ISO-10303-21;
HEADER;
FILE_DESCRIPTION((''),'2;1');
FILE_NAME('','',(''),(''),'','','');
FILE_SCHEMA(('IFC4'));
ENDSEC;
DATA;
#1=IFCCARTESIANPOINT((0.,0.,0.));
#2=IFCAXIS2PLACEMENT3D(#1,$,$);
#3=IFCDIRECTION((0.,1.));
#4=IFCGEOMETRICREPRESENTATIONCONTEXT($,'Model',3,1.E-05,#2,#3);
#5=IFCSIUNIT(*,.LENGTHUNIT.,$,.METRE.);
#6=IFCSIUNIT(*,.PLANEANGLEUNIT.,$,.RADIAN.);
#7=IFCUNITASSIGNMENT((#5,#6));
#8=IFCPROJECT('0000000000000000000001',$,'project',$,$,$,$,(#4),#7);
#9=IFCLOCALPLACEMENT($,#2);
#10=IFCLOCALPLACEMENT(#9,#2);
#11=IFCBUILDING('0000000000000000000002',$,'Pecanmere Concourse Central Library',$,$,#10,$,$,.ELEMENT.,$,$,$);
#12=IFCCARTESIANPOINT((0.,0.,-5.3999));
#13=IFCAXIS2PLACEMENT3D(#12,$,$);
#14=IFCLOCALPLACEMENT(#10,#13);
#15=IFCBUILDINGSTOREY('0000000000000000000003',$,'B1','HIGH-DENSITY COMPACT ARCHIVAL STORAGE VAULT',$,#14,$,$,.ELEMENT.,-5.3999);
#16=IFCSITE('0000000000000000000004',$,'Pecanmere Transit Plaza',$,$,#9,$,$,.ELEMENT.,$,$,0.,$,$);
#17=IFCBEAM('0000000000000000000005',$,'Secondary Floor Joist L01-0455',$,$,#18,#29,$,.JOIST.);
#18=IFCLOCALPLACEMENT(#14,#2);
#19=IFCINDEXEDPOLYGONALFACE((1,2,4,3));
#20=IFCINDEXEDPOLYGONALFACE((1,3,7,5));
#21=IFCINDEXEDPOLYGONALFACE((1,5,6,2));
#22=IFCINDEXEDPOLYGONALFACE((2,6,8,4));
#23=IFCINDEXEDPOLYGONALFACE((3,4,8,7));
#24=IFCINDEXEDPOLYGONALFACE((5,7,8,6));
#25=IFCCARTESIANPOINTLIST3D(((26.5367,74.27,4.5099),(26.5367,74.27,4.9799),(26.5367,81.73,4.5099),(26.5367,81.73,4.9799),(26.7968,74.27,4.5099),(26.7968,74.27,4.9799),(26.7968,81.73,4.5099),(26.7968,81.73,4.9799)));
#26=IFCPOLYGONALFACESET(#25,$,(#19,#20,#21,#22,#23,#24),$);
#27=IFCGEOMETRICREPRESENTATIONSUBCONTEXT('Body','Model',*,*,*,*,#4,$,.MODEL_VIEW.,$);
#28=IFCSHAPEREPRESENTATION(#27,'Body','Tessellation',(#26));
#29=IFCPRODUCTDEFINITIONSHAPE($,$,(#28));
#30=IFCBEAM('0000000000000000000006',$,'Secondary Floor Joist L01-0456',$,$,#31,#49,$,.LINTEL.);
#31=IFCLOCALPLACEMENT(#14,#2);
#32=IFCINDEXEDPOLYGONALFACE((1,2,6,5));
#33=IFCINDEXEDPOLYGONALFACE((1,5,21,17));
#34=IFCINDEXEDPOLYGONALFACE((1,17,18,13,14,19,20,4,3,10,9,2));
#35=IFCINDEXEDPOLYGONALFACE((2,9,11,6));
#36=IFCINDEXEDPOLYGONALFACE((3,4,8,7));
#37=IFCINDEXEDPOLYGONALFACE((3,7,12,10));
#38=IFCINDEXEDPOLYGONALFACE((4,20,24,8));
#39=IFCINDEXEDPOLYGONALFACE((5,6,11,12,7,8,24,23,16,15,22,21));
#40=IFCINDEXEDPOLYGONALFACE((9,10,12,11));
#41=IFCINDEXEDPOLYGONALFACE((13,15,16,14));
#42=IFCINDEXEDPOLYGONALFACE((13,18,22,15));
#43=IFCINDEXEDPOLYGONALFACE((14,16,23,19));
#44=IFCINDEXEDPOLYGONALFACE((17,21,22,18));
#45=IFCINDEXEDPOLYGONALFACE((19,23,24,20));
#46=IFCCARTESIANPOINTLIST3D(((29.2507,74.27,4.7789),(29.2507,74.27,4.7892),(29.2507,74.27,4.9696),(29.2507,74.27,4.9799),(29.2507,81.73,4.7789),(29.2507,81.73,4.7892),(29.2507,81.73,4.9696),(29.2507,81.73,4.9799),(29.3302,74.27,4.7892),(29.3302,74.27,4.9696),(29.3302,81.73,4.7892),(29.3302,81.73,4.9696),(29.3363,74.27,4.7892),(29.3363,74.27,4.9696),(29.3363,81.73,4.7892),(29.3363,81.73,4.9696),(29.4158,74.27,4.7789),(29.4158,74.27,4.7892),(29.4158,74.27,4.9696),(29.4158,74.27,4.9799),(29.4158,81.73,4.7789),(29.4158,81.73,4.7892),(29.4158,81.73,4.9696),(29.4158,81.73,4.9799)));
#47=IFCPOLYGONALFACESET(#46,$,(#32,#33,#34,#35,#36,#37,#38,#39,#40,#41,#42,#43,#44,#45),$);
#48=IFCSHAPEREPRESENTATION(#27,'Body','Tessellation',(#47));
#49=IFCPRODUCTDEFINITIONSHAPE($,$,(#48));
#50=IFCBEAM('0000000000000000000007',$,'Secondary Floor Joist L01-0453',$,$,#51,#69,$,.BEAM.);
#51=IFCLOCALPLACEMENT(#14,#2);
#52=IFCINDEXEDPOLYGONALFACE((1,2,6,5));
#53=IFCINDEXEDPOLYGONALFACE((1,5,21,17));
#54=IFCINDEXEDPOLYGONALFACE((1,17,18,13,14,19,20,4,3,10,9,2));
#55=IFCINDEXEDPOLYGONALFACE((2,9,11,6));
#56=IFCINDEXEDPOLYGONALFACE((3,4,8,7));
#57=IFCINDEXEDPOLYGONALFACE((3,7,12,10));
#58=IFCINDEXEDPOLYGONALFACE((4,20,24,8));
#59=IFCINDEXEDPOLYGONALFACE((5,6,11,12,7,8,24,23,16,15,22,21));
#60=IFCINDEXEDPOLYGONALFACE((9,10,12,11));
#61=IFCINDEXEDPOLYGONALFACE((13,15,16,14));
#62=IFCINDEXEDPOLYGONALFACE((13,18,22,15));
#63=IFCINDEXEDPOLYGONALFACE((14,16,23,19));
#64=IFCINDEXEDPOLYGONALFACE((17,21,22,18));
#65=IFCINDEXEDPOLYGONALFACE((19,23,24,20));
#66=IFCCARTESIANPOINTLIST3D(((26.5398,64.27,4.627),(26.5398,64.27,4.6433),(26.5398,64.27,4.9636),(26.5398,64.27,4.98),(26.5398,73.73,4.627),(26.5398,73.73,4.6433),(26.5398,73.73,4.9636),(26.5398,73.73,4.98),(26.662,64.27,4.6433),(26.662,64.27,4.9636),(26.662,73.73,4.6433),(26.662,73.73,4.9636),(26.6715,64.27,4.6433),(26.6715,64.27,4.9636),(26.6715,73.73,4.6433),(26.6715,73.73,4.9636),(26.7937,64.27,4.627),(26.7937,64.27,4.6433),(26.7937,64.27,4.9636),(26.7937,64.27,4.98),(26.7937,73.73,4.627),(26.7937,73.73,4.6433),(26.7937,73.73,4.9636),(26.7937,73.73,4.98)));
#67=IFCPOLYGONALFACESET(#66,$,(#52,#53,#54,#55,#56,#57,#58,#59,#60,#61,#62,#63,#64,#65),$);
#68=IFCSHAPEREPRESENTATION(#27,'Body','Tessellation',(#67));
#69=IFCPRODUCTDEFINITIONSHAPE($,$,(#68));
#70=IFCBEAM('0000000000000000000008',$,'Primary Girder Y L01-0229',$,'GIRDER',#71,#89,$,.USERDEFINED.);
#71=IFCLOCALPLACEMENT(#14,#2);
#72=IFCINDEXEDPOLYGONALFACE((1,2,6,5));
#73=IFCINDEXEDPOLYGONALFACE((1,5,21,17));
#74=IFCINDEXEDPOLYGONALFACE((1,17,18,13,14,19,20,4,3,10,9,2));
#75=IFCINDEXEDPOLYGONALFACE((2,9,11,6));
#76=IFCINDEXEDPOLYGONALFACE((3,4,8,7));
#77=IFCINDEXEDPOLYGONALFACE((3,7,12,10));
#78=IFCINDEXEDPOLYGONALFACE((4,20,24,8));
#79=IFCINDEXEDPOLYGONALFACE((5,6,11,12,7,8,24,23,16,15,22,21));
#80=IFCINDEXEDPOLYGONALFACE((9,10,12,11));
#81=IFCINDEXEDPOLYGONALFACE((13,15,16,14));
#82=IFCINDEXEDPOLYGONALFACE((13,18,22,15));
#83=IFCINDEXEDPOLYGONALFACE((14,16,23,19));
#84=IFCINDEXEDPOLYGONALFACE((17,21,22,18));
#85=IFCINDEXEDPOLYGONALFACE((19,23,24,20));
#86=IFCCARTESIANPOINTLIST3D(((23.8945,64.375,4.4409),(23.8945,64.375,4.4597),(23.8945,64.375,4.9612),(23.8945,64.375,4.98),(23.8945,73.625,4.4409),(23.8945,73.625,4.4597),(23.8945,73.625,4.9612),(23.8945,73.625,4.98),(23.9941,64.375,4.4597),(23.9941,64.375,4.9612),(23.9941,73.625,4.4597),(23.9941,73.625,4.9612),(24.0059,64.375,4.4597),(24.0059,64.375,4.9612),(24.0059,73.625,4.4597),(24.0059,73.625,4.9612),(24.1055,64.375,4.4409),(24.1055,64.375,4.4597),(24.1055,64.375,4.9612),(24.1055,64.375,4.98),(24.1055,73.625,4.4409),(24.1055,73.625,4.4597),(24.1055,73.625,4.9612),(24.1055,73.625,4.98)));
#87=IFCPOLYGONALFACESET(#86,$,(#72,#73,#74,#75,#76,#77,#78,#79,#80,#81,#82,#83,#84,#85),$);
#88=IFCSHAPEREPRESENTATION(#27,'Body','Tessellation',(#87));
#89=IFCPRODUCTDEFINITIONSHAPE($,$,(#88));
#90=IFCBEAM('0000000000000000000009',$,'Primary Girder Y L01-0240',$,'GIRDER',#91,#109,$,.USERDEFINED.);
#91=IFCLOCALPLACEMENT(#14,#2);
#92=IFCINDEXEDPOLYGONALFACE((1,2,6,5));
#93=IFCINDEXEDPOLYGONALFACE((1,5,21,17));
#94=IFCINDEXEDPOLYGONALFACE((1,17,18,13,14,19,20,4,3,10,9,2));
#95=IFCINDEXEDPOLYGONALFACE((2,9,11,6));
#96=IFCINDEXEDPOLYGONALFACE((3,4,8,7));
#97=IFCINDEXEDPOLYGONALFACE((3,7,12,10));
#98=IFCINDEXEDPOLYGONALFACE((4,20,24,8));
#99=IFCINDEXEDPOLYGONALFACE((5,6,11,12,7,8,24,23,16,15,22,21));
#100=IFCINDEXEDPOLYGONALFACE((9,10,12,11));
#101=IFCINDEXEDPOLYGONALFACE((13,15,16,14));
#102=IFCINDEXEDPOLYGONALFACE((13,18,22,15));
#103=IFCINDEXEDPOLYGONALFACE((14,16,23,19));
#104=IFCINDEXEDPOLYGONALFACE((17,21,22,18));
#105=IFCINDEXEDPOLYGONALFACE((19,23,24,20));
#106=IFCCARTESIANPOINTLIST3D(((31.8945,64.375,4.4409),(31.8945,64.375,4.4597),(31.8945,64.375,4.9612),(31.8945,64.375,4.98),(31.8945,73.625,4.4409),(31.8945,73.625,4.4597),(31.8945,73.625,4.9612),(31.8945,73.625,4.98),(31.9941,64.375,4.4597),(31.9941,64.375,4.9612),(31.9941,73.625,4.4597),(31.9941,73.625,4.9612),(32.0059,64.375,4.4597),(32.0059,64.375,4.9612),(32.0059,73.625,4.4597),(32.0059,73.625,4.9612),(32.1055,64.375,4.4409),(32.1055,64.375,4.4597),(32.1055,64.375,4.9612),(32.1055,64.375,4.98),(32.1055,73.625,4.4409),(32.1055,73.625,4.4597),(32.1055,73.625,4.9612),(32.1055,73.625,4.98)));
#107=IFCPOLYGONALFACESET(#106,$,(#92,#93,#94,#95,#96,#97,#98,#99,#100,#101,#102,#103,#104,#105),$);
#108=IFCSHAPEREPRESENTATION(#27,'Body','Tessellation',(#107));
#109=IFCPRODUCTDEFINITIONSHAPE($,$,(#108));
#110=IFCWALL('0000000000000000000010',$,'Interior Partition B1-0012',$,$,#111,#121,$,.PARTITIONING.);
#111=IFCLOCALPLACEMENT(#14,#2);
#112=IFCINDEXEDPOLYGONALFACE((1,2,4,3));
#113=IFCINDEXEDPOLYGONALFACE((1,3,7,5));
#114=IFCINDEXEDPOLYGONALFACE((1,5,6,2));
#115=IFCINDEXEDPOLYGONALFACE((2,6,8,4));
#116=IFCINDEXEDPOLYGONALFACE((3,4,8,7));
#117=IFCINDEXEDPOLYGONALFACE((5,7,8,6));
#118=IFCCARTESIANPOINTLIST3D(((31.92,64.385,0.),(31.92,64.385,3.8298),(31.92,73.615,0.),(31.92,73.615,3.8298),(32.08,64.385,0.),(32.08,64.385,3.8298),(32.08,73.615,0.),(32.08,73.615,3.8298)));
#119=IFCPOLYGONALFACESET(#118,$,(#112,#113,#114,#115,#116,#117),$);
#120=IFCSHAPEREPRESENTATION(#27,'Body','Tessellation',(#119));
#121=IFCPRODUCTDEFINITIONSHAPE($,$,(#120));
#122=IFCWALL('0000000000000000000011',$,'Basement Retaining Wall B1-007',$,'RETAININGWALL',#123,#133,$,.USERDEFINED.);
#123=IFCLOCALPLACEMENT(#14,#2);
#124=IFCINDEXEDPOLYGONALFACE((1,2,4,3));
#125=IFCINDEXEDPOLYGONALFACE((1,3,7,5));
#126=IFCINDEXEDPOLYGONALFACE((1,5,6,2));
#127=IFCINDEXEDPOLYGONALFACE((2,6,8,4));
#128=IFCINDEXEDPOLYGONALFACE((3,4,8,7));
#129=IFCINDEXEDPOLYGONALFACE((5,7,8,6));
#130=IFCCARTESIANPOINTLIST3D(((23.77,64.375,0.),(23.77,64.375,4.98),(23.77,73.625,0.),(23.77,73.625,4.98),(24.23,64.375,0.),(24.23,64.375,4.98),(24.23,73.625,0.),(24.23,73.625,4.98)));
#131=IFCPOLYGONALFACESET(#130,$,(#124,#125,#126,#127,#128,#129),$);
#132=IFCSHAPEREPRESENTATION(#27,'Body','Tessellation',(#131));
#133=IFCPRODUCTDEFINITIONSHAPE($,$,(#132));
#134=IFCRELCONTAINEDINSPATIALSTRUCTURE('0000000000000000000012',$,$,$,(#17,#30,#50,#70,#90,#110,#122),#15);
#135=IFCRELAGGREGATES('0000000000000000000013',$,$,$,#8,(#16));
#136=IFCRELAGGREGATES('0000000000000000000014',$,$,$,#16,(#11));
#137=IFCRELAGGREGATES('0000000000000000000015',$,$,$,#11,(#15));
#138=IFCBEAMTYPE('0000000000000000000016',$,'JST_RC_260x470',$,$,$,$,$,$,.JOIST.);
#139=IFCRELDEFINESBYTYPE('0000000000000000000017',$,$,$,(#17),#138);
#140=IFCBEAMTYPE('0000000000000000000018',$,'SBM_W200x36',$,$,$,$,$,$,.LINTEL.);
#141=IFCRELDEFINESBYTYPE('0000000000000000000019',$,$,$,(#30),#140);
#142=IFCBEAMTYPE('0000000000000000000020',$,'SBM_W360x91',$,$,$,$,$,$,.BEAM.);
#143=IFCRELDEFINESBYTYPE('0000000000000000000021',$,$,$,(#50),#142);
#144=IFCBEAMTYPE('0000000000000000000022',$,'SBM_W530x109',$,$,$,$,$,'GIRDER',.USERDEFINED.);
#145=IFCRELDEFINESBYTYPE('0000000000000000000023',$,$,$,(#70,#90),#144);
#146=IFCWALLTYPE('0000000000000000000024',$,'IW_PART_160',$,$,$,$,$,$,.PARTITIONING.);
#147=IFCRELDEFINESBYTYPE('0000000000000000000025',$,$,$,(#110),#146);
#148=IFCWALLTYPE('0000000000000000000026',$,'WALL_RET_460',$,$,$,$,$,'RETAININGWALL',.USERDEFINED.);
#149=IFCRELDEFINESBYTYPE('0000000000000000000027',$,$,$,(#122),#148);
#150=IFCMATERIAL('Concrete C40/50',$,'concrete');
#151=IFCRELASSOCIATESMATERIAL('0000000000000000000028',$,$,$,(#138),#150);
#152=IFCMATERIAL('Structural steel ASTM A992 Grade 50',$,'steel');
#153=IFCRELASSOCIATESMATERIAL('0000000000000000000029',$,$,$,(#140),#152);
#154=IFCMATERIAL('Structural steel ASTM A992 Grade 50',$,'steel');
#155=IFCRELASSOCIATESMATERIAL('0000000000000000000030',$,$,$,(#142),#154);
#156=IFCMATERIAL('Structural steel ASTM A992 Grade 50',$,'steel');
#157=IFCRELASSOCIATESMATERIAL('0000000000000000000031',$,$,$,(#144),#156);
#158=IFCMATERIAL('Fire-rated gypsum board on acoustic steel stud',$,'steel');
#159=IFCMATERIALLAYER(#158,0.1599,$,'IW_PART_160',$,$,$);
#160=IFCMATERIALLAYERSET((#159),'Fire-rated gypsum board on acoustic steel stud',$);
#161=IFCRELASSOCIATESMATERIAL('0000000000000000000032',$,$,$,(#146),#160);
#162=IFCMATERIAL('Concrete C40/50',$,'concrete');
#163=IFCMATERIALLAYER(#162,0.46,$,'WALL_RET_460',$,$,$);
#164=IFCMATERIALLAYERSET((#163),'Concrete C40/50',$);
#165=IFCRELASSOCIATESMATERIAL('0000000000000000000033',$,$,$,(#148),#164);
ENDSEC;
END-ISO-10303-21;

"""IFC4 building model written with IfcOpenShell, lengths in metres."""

from ifc_helpers import new_model, si_unit, direction, frame, frame_2d, origin, origin_2d, place, context, subcontext, project, spatial, rectangle, i_section, extrude, material, layer, layer_set, material_profile, profile_set, type_object, element, save


model = new_model("IFC4")

# Units and contexts
model_context = context("Model", 3, precision=1e-05, world=origin(), true_north=direction((0.0, 1.0)))
body_context = subcontext(model_context, "Body", "Model", "MODEL_VIEW")
ifc_project = project(units=[si_unit("LENGTHUNIT", "METRE"), si_unit("PLANEANGLEUNIT", "RADIAN")], contexts=[model_context])

# Site, building, storey
site_placement = place(None, origin())
site = spatial("IfcSite", under=ifc_project, at=site_placement, Name="Pecanmere Transit Plaza", CompositionType="ELEMENT", RefElevation=0.0)
building_placement = place(site_placement, origin())
building = spatial("IfcBuilding", under=site, at=building_placement, Name="Pecanmere Concourse Central Library", CompositionType="ELEMENT")
storey_placement = place(building_placement, frame((0.0, 0.0, -5.3999)))
storey = spatial("IfcBuildingStorey", under=building, at=storey_placement, Name="B1", Description="HIGH-DENSITY COMPACT ARCHIVAL STORAGE VAULT", CompositionType="ELEMENT", Elevation=-5.3999)

# Beams
ifc_material_1 = material(Name="Concrete C40/50", Category="concrete")
ifc_material_profile_1 = material_profile(ifc_material_1, rectangle(XDim=0.26, YDim=0.47, at=origin_2d()), Name="RC 260x470")
ifc_profile_set_1 = profile_set([ifc_material_profile_1], Name="Concrete C40/50")
beam_type_1 = type_object("IfcBeamType", Name="JST_RC_260x470", PredefinedType="JOIST", material=ifc_profile_set_1)
beam_1_placement = place(storey_placement, frame((26.6667, 74.27, 4.7449), z_axis=(0.0, 1.0, 0.0), x_axis=(-1.0, 0.0, 0.0)))
element("IfcBeam", 1, at=beam_1_placement, inside=storey, type_object=beam_type_1, Name="Secondary Floor Joist L01-0455", PredefinedType="JOIST", context=body_context, shape_type="SweptSolid", body=[
    extrude(rectangle(XDim=0.26, YDim=0.47, at=origin_2d()), origin(), (0.0, 0.0, 1.0), 7.46),
])
ifc_material_2 = material(Name="Structural steel ASTM A992 Grade 50", Category="steel")
ifc_material_profile_2 = material_profile(ifc_material_2, i_section(OverallWidth=0.165, OverallDepth=0.2009, WebThickness=0.0061, FlangeThickness=0.0103, at=origin_2d()), Name="W200x35.9")
ifc_profile_set_2 = profile_set([ifc_material_profile_2], Name="Structural steel ASTM A992 Grade 50")
beam_type_2 = type_object("IfcBeamType", Name="SBM_W200x36", PredefinedType="LINTEL", material=ifc_profile_set_2)
beam_2_placement = place(storey_placement, frame((29.3333, 74.27, 4.8794), z_axis=(0.0, 1.0, 0.0), x_axis=(-1.0, 0.0, 0.0)))
element("IfcBeam", 2, at=beam_2_placement, inside=storey, type_object=beam_type_2, Name="Secondary Floor Joist L01-0456", PredefinedType="LINTEL", context=body_context, shape_type="SweptSolid", body=[
    extrude(i_section(OverallWidth=0.165, OverallDepth=0.2009, WebThickness=0.0061, FlangeThickness=0.0103, at=origin_2d()), origin(), (0.0, 0.0, 1.0), 7.46),
])
ifc_material_3 = material(Name="Structural steel ASTM A992 Grade 50", Category="steel")
ifc_material_profile_3 = material_profile(ifc_material_3, i_section(OverallWidth=0.2539, OverallDepth=0.353, WebThickness=0.0095, FlangeThickness=0.0164, at=origin_2d()), Name="W360x91")
ifc_profile_set_3 = profile_set([ifc_material_profile_3], Name="Structural steel ASTM A992 Grade 50")
beam_type_3 = type_object("IfcBeamType", Name="SBM_W360x91", PredefinedType="BEAM", material=ifc_profile_set_3)
beam_3_placement = place(storey_placement, frame((26.6667, 64.27, 4.8035), z_axis=(0.0, 1.0, 0.0), x_axis=(-1.0, 0.0, 0.0)))
element("IfcBeam", 3, at=beam_3_placement, inside=storey, type_object=beam_type_3, Name="Secondary Floor Joist L01-0453", PredefinedType="BEAM", context=body_context, shape_type="SweptSolid", body=[
    extrude(i_section(OverallWidth=0.2539, OverallDepth=0.353, WebThickness=0.0095, FlangeThickness=0.0164, at=origin_2d()), origin(), (0.0, 0.0, 1.0), 9.46),
])
ifc_material_4 = material(Name="Structural steel ASTM A992 Grade 50", Category="steel")
ifc_material_profile_4 = material_profile(ifc_material_4, i_section(OverallWidth=0.2109, OverallDepth=0.5391, WebThickness=0.0117, FlangeThickness=0.0188, at=origin_2d()), Name="W530x109")
ifc_profile_set_4 = profile_set([ifc_material_profile_4], Name="Structural steel ASTM A992 Grade 50")
beam_type_4 = type_object("IfcBeamType", Name="SBM_W530x109", ElementType="GIRDER", PredefinedType="USERDEFINED", material=ifc_profile_set_4)
for number, where, z_axis, x_axis, name in (
    (4, (24.0, 64.375, 4.7104), (0.0, 1.0, 0.0), (-1.0, 0.0, 0.0), "Primary Girder Y L01-0229"),
    (5, (32.0, 64.375, 4.7104), (0.0, 1.0, 0.0), (-1.0, 0.0, 0.0), "Primary Girder Y L01-0240"),
):
    element("IfcBeam", number, at=place(storey_placement, frame(where, z_axis=z_axis, x_axis=x_axis)), inside=storey, type_object=beam_type_4, Name=name, ObjectType="GIRDER", PredefinedType="USERDEFINED", context=body_context, shape_type="SweptSolid", body=[
        extrude(i_section(OverallWidth=0.2109, OverallDepth=0.5391, WebThickness=0.0117, FlangeThickness=0.0188, at=origin_2d()), origin(), (0.0, 0.0, 1.0), 9.25),
    ])

# Walls
ifc_material_5 = material(Name="Fire-rated gypsum board on acoustic steel stud", Category="steel")
ifc_layer_1 = layer(ifc_material_5, 0.1599, Name="IW_PART_160")
ifc_layer_set_1 = layer_set([ifc_layer_1], Name="Fire-rated gypsum board on acoustic steel stud")
wall_type_1 = type_object("IfcWallType", Name="IW_PART_160", PredefinedType="PARTITIONING", material=ifc_layer_set_1)
wall_1_placement = place(storey_placement, frame((32.0, 64.385, 0.0), z_axis=(0.0, 0.0, 1.0), x_axis=(0.0, 1.0, 0.0)))
element("IfcWall", 6, at=wall_1_placement, inside=storey, type_object=wall_type_1, Name="Interior Partition B1-0012", PredefinedType="PARTITIONING", context=body_context, shape_type="SweptSolid", body=[
    extrude(rectangle(XDim=9.23, YDim=0.1599, at=frame_2d((4.615, 0.0))), origin(), (0.0, 0.0, 1.0), 3.8298),
])
ifc_material_6 = material(Name="Concrete C40/50", Category="concrete")
ifc_layer_2 = layer(ifc_material_6, 0.46, Name="WALL_RET_460")
ifc_layer_set_2 = layer_set([ifc_layer_2], Name="Concrete C40/50")
wall_type_2 = type_object("IfcWallType", Name="WALL_RET_460", ElementType="RETAININGWALL", PredefinedType="USERDEFINED", material=ifc_layer_set_2)
wall_2_placement = place(storey_placement, frame((24.0, 64.375, 0.0), z_axis=(0.0, 0.0, 1.0), x_axis=(0.0, 1.0, 0.0)))
element("IfcWall", 7, at=wall_2_placement, inside=storey, type_object=wall_type_2, Name="Basement Retaining Wall B1-007", ObjectType="RETAININGWALL", PredefinedType="USERDEFINED", context=body_context, shape_type="SweptSolid", body=[
    extrude(rectangle(XDim=9.25, YDim=0.46, at=frame_2d((4.625, 0.0))), origin(), (0.0, 0.0, 1.0), 4.98),
])

save(model, "model.ifc")
